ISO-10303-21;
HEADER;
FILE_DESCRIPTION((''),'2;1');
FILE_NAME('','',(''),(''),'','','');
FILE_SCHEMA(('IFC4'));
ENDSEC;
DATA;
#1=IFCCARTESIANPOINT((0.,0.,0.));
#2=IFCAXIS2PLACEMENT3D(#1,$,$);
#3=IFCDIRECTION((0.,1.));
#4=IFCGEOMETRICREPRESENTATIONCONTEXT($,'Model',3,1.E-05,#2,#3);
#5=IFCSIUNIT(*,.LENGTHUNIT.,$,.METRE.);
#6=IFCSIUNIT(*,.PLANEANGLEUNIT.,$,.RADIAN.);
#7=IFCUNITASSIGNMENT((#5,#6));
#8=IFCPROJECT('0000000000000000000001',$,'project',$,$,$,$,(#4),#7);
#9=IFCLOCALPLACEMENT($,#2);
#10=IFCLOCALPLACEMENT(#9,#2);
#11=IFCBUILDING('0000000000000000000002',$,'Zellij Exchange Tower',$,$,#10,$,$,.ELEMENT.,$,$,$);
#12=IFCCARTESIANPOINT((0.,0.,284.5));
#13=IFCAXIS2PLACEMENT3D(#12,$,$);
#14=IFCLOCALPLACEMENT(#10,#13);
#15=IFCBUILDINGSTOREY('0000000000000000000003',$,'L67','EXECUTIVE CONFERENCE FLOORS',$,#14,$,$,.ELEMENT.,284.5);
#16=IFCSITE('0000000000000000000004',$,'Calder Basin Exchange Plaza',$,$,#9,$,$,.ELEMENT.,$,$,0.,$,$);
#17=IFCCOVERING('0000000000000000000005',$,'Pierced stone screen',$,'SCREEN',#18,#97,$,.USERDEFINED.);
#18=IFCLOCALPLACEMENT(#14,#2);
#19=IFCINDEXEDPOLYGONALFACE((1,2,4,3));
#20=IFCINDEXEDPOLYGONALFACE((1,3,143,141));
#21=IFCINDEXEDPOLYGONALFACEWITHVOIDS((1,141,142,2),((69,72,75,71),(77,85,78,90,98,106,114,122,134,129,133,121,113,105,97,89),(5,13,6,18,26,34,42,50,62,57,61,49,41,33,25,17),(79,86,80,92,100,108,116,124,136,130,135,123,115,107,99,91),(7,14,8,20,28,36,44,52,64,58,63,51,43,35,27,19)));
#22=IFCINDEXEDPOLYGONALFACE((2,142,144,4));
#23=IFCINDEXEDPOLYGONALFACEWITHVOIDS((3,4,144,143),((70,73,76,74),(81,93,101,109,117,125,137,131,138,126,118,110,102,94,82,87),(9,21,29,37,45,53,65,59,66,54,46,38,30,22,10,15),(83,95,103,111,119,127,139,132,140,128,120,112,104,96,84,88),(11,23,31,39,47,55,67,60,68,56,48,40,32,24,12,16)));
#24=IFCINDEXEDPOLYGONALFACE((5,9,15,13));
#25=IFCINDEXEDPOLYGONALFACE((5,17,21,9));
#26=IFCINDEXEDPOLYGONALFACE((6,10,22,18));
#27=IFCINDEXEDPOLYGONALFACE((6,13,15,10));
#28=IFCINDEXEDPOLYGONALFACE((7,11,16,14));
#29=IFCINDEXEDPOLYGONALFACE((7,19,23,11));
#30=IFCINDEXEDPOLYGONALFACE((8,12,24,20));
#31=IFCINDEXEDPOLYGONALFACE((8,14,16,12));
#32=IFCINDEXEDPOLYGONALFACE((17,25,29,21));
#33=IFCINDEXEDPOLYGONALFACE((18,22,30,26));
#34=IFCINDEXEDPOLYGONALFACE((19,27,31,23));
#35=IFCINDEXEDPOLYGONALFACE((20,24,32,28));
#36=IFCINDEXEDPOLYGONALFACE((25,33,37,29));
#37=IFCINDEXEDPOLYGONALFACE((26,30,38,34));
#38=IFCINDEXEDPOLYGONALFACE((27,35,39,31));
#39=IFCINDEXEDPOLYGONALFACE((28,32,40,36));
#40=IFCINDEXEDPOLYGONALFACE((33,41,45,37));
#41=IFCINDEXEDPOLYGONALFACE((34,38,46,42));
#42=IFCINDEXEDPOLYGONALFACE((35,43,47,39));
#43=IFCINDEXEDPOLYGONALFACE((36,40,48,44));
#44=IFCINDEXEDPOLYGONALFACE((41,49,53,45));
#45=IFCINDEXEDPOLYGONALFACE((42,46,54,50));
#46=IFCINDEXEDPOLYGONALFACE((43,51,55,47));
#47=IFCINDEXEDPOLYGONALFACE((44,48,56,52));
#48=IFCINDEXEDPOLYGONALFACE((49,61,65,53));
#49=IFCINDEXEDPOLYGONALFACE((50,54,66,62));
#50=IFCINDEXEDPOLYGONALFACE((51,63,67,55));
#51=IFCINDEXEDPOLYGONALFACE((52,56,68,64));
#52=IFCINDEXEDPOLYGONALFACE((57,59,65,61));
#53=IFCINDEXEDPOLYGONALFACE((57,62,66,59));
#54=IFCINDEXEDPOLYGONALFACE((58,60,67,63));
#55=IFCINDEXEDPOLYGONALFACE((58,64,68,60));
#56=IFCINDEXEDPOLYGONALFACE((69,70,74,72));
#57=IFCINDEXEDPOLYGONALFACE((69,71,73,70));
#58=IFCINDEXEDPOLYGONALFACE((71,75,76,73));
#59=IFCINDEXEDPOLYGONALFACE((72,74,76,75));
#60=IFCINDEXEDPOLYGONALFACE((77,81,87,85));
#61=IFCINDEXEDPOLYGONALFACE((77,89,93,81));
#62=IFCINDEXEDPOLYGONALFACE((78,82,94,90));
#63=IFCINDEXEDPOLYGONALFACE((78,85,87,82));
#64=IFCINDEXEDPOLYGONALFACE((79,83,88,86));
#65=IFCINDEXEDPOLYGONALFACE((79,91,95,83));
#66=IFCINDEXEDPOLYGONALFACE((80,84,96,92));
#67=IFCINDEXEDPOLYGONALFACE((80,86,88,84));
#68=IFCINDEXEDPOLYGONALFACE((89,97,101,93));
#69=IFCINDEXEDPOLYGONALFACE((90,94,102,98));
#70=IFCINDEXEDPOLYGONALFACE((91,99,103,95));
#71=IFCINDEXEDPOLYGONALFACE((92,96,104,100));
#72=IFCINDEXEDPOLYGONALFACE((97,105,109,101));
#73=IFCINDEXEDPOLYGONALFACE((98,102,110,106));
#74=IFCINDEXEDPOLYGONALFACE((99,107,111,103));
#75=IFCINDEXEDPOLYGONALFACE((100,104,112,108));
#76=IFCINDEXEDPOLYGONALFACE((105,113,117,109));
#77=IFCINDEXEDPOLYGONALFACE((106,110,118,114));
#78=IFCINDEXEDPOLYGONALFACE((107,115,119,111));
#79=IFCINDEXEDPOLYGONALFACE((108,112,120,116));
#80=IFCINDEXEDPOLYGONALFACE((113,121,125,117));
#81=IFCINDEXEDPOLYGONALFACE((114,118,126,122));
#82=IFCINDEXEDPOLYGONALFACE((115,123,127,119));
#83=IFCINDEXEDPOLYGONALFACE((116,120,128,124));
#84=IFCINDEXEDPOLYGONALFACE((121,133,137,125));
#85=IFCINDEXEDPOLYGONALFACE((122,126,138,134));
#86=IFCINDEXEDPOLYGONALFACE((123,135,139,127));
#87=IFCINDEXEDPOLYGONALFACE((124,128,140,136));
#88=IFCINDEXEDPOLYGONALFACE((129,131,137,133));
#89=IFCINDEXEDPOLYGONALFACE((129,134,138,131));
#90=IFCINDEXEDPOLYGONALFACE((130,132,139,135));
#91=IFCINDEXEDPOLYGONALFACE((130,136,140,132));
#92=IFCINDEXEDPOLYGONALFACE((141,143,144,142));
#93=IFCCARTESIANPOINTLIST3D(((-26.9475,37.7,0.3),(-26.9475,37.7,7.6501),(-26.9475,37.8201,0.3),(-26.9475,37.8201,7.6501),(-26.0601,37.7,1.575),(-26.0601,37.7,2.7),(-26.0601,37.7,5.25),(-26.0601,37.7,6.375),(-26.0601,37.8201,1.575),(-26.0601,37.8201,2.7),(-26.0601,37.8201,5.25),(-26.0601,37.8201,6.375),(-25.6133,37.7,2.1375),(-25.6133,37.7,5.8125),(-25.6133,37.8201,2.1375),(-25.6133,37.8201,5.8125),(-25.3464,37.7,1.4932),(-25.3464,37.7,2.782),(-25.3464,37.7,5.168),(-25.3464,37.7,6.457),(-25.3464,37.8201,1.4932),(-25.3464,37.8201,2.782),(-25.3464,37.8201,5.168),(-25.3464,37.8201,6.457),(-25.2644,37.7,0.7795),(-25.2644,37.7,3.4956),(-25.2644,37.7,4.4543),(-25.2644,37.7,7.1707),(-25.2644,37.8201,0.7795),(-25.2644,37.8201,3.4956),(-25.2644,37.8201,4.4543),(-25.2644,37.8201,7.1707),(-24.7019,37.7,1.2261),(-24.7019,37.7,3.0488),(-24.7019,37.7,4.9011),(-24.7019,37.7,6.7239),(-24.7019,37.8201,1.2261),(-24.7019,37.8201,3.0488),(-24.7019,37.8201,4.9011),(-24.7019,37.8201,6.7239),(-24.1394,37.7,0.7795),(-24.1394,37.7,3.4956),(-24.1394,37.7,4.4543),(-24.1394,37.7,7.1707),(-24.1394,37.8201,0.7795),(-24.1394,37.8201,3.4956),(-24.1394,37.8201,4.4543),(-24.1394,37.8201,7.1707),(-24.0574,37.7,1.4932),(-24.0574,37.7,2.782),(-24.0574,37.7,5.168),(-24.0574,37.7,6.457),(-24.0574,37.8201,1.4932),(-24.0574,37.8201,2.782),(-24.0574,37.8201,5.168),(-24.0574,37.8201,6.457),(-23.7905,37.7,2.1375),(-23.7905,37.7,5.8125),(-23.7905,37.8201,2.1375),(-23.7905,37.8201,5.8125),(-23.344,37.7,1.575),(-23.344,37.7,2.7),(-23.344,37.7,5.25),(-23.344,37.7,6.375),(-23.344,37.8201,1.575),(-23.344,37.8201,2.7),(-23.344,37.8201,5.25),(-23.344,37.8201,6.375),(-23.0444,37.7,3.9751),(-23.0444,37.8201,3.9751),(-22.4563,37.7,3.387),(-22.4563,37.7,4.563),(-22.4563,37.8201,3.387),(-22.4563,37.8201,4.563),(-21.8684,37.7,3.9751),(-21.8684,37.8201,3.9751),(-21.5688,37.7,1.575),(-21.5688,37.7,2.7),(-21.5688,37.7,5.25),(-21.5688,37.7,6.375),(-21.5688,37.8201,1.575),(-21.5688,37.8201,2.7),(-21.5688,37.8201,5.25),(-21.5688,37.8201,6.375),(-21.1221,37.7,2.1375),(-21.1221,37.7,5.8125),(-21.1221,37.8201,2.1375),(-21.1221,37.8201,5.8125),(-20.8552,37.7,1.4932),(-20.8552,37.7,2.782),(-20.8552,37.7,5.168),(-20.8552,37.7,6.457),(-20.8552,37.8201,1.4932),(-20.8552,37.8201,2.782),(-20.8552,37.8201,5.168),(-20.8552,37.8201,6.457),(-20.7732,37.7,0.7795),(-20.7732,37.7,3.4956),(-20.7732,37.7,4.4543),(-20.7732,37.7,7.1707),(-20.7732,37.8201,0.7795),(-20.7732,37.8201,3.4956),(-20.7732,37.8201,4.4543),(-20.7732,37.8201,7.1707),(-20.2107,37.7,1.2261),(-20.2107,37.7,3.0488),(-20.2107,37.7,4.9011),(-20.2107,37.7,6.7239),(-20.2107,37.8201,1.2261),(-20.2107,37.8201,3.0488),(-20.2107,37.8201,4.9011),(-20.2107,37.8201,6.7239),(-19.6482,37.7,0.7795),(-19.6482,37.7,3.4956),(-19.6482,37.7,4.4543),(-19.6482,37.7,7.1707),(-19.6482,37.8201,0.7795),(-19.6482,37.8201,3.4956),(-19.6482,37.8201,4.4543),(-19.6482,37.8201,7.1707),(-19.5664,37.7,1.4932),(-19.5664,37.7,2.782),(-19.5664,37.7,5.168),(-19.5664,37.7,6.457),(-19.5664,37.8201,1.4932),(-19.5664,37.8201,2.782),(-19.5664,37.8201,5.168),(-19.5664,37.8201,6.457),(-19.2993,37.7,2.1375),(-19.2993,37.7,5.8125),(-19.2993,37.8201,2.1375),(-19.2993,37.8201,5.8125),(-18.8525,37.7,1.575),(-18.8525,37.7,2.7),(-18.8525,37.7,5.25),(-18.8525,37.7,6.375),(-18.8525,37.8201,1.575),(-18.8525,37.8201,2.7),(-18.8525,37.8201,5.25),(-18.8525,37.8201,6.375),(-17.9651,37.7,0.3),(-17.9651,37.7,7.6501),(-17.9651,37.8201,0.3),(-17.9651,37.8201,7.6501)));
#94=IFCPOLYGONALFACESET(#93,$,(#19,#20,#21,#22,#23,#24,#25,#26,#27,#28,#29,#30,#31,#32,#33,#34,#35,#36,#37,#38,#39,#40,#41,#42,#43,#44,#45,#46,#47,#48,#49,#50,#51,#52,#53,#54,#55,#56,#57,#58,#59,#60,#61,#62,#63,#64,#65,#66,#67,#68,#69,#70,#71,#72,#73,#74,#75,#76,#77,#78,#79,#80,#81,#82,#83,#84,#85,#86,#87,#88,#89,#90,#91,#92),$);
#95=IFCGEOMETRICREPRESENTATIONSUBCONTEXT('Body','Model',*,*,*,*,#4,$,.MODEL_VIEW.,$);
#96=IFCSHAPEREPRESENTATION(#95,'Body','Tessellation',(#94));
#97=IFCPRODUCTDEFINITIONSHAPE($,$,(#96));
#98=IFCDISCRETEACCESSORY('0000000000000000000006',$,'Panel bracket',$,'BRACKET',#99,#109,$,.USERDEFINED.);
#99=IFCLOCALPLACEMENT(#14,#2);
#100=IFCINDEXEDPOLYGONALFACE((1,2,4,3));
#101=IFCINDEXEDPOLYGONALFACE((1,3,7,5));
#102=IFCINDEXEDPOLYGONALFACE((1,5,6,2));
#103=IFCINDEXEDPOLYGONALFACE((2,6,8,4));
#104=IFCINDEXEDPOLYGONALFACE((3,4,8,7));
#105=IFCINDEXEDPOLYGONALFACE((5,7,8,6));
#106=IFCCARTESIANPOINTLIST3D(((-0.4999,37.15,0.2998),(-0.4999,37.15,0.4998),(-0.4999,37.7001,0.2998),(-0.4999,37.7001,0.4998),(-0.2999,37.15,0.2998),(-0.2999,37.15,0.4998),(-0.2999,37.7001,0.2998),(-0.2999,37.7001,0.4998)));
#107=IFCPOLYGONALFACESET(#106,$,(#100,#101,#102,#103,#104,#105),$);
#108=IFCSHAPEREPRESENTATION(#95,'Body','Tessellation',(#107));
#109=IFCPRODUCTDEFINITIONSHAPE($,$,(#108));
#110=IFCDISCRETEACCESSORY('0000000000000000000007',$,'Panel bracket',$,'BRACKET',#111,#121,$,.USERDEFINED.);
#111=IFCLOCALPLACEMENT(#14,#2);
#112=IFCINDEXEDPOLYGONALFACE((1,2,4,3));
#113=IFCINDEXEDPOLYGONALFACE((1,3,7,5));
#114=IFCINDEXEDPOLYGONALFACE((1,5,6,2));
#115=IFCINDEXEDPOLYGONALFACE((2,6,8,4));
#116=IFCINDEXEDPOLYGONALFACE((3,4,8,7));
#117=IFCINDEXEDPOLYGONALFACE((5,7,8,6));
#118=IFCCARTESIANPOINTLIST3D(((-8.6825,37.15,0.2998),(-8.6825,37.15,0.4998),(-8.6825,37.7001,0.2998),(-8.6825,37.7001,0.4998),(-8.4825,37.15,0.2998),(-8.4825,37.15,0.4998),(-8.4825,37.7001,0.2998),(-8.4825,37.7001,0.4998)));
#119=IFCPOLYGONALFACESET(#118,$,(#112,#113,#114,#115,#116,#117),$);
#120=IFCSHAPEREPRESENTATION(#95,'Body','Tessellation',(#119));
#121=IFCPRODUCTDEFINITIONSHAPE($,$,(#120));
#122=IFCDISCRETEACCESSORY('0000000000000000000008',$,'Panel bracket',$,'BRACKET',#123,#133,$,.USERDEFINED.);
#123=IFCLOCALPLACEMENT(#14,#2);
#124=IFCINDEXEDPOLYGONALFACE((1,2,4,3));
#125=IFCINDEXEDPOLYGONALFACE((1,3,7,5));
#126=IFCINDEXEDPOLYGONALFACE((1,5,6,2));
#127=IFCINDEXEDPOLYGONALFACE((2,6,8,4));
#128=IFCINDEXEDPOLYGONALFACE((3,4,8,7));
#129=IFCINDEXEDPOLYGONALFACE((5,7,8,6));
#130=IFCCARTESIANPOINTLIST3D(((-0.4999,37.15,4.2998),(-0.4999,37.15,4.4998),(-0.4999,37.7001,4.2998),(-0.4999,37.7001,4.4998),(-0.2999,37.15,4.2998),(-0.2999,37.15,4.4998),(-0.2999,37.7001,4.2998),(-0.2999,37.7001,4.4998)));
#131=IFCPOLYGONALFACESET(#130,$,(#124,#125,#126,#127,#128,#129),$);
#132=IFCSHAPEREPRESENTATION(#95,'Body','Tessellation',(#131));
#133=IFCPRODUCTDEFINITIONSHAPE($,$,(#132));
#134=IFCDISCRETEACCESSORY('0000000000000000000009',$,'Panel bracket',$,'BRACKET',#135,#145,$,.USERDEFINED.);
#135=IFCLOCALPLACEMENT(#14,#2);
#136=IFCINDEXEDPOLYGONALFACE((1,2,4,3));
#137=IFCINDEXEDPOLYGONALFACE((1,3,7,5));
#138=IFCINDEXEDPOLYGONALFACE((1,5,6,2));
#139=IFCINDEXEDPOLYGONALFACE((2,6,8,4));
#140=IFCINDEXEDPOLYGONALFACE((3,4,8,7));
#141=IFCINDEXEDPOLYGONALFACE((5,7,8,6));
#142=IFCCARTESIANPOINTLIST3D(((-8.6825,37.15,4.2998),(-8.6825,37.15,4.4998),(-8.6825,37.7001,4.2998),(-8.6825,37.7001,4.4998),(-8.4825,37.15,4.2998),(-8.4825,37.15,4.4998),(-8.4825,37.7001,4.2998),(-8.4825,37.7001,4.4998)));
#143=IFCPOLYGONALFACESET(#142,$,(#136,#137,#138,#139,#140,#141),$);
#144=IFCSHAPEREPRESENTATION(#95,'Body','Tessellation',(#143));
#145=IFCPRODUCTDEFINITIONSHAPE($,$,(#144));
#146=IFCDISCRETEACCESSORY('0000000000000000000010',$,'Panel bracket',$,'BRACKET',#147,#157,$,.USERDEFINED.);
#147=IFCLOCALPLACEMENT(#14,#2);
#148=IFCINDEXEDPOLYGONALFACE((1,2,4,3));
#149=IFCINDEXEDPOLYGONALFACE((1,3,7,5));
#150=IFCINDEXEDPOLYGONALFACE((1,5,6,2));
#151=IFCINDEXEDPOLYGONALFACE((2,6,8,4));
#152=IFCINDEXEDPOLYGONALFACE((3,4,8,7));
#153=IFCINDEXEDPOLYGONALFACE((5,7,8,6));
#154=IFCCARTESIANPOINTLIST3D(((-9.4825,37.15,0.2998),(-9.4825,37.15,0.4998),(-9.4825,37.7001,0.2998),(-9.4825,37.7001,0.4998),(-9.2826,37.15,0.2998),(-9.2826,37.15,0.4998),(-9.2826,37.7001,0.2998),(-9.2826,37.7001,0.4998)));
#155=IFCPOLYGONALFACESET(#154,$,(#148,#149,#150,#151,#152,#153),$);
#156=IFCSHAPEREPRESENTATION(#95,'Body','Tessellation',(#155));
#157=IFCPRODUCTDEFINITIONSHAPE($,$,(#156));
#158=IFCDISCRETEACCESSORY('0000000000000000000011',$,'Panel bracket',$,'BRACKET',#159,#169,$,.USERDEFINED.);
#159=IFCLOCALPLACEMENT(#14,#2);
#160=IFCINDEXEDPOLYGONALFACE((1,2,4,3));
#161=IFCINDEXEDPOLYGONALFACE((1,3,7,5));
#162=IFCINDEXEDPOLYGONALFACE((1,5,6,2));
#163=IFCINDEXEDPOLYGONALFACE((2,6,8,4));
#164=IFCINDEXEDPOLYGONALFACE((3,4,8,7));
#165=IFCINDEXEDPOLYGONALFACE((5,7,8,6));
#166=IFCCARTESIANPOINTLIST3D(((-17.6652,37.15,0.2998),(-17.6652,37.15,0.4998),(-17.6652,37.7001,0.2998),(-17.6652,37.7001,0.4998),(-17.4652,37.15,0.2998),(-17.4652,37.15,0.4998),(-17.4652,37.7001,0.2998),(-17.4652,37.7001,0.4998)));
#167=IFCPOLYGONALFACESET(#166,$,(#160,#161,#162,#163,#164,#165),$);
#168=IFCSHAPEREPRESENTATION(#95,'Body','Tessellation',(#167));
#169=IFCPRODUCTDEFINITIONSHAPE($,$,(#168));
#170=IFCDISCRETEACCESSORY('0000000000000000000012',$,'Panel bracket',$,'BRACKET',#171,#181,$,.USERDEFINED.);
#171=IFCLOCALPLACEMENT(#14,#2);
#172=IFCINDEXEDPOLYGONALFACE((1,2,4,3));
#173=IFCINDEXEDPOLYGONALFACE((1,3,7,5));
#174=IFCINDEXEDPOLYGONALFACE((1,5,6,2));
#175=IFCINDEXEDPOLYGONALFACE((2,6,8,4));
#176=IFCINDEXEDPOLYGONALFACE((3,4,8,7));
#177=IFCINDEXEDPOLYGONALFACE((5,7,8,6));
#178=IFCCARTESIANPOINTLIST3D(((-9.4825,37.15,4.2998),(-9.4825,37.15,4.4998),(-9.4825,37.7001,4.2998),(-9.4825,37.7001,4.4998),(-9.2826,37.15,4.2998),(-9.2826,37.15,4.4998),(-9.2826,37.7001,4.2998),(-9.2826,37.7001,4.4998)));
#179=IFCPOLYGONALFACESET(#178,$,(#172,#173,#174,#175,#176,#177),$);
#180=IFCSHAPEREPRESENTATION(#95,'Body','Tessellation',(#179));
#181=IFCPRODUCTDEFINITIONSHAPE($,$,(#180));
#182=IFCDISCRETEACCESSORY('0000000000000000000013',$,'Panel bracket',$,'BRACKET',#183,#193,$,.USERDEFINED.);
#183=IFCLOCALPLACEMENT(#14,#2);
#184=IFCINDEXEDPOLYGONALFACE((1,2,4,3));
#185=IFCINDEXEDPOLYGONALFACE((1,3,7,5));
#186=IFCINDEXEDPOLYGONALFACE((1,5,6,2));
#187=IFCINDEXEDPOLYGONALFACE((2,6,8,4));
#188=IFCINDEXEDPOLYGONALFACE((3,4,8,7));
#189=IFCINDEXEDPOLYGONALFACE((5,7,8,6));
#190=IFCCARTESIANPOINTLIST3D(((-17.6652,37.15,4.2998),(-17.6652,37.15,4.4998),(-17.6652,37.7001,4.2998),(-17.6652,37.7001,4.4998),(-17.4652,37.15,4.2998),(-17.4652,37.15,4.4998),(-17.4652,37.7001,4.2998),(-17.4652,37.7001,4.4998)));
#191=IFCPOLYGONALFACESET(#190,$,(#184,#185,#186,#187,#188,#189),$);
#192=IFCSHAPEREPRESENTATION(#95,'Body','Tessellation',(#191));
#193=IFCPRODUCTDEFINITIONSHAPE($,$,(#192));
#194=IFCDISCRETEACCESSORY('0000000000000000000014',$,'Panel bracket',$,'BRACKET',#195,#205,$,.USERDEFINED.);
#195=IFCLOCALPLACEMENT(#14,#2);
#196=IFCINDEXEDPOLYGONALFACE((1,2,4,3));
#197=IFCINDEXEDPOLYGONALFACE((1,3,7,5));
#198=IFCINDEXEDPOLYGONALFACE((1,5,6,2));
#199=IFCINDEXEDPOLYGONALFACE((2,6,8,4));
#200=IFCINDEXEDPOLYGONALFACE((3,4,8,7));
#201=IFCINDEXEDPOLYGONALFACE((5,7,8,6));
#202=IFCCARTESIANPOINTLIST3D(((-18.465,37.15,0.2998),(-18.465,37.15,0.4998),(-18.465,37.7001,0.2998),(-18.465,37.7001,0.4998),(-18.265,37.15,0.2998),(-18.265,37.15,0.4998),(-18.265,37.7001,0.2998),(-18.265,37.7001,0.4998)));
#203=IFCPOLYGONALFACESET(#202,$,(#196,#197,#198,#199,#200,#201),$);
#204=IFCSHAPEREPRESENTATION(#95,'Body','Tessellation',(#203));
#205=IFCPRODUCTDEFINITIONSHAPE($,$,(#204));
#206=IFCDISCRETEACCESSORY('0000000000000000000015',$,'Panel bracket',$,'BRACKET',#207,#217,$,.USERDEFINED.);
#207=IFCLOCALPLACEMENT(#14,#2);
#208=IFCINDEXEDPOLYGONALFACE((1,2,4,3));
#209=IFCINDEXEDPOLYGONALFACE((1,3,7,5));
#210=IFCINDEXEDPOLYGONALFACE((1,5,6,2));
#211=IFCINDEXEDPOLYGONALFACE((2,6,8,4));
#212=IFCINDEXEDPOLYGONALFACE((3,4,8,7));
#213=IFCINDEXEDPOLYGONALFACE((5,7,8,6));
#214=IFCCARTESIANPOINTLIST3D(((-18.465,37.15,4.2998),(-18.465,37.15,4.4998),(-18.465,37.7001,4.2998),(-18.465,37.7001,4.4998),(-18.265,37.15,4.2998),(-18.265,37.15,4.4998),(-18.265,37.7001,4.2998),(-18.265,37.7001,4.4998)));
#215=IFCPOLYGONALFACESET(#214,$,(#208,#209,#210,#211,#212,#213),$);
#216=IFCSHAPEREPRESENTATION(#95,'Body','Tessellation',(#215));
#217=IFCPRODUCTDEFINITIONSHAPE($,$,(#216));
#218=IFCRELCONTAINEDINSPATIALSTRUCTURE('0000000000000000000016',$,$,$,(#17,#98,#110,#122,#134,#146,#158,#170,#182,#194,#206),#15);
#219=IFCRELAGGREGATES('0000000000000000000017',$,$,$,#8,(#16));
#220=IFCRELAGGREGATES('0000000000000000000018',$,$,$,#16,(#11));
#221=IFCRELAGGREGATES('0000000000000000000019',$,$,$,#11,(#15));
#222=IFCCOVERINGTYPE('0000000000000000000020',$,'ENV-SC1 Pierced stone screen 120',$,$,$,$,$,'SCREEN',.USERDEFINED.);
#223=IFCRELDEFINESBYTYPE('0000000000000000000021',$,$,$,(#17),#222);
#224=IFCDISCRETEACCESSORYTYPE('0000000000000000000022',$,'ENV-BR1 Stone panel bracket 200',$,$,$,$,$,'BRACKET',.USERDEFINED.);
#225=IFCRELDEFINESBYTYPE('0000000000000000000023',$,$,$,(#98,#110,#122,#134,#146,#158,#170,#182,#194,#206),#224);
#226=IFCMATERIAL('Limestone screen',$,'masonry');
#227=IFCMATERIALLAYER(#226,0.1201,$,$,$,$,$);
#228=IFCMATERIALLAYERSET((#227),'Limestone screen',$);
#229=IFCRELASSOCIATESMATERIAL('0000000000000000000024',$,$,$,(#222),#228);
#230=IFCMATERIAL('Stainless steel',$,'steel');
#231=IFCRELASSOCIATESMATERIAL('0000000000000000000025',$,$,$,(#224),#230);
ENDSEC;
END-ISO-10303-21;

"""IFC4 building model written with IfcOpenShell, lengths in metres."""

from ifc_helpers import new_model, si_unit, direction, frame, origin, origin_2d, place, context, subcontext, project, spatial, polyline, rectangle, outline, extrude, material, layer, layer_set, type_object, element, save


model = new_model("IFC4")

# Units and contexts
model_context = context("Model", 3, precision=1e-05, world=origin(), true_north=direction((0.0, 1.0)))
body_context = subcontext(model_context, "Body", "Model", "MODEL_VIEW")
ifc_project = project(units=[si_unit("LENGTHUNIT", "METRE"), si_unit("PLANEANGLEUNIT", "RADIAN")], contexts=[model_context])

# Site, building, storey
site_placement = place(None, origin())
site = spatial("IfcSite", under=ifc_project, at=site_placement, Name="Calder Basin Exchange Plaza", CompositionType="ELEMENT", RefElevation=0.0)
building_placement = place(site_placement, origin())
building = spatial("IfcBuilding", under=site, at=building_placement, Name="Zellij Exchange Tower", CompositionType="ELEMENT")
storey_placement = place(building_placement, frame((0.0, 0.0, 284.5)))
storey = spatial("IfcBuildingStorey", under=building, at=storey_placement, Name="L67", Description="EXECUTIVE CONFERENCE FLOORS", CompositionType="ELEMENT", Elevation=284.5)

# Covering
ifc_material_1 = material(Name="Limestone screen", Category="masonry")
ifc_layer = layer(ifc_material_1, 0.1201)
ifc_layer_set = layer_set([ifc_layer], Name="Limestone screen")
covering_type = type_object("IfcCoveringType", Name="ENV-SC1 Pierced stone screen 120", ElementType="SCREEN", PredefinedType="USERDEFINED", material=ifc_layer_set)
covering_1_placement = place(storey_placement, frame((-17.9651, 37.76, 0.3), z_axis=(0.0, 0.0, 1.0), x_axis=(-1.0, 0.0, 0.0)))
element("IfcCovering", 1, at=covering_1_placement, inside=storey, type_object=covering_type, Name="Pierced stone screen", ObjectType="SCREEN", PredefinedType="USERDEFINED", context=body_context, shape_type="SweptSolid", body=[
    extrude(outline(polyline([(0.0, 0.0), (8.9824, 0.0), (8.9824, 7.3501), (0.0, 7.3501), (0.0, 0.0)]), holes=[polyline([(3.6038, 2.3999), (2.8901, 2.4819), (2.8081, 3.1956), (2.2456, 2.7488), (1.6831, 3.1956), (1.6013, 2.4819), (0.8875, 2.3999), (1.3342, 1.8374), (0.8875, 1.2749), (1.6013, 1.1931), (1.6831, 0.4795), (2.2456, 0.926), (2.8081, 0.4795), (2.8901, 1.1931), (3.6038, 1.2749), (3.157, 1.8374), (3.6038, 2.3999)]), polyline([(3.6038, 6.075), (2.8901, 6.157), (2.8081, 6.8706), (2.2456, 6.4238), (1.6831, 6.8706), (1.6013, 6.157), (0.8875, 6.075), (1.3342, 5.5125), (0.8875, 4.95), (1.6013, 4.8679), (1.6831, 4.1543), (2.2456, 4.6011), (2.8081, 4.1543), (2.8901, 4.8679), (3.6038, 4.95), (3.157, 5.5125), (3.6038, 6.075)]), polyline([(8.095, 2.3999), (7.3813, 2.4819), (7.2993, 3.1956), (6.7368, 2.7488), (6.1743, 3.1956), (6.0923, 2.4819), (5.3789, 2.3999), (5.8254, 1.8374), (5.3789, 1.2749), (6.0923, 1.1931), (6.1743, 0.4795), (6.7368, 0.926), (7.2993, 0.4795), (7.3813, 1.1931), (8.095, 1.2749), (7.6482, 1.8374), (8.095, 2.3999)]), polyline([(8.095, 6.075), (7.3813, 6.157), (7.2993, 6.8706), (6.7368, 6.4238), (6.1743, 6.8706), (6.0923, 6.157), (5.3789, 6.075), (5.8254, 5.5125), (5.3789, 4.95), (6.0923, 4.8679), (6.1743, 4.1543), (6.7368, 4.6011), (7.2993, 4.1543), (7.3813, 4.8679), (8.095, 4.95), (7.6482, 5.5125), (8.095, 6.075)]), polyline([(5.0793, 3.675), (4.4912, 4.2629), (3.9033, 3.675), (4.4912, 3.0869), (5.0793, 3.675)])]), frame((0.0, 0.0601, 0.0), z_axis=(0.0, -1.0, 0.0), x_axis=(1.0, 0.0, 0.0)), (0.0, 0.0, 1.0), 0.1201),
])

# Discrete accessories
ifc_material_2 = material(Name="Stainless steel", Category="steel")
discrete_accessory_type = type_object("IfcDiscreteAccessoryType", Name="ENV-BR1 Stone panel bracket 200", ElementType="BRACKET", PredefinedType="USERDEFINED", material=ifc_material_2)
for number, where, z_axis, x_axis, name in (
    (2, (-0.3999, 37.425, 0.2998), (0.0, 0.0, 1.0), (-1.0, 0.0, 0.0), "Panel bracket"),
    (3, (-8.5825, 37.425, 0.2998), (0.0, 0.0, 1.0), (-1.0, 0.0, 0.0), "Panel bracket"),
    (4, (-0.3999, 37.425, 4.2998), (0.0, 0.0, 1.0), (-1.0, 0.0, 0.0), "Panel bracket"),
    (5, (-8.5825, 37.425, 4.2998), (0.0, 0.0, 1.0), (-1.0, 0.0, 0.0), "Panel bracket"),
    (6, (-9.3826, 37.425, 0.2998), (0.0, 0.0, 1.0), (-1.0, 0.0, 0.0), "Panel bracket"),
    (7, (-17.5652, 37.425, 0.2998), (0.0, 0.0, 1.0), (-1.0, 0.0, 0.0), "Panel bracket"),
    (8, (-9.3826, 37.425, 4.2998), (0.0, 0.0, 1.0), (-1.0, 0.0, 0.0), "Panel bracket"),
    (9, (-17.5652, 37.425, 4.2998), (0.0, 0.0, 1.0), (-1.0, 0.0, 0.0), "Panel bracket"),
    (10, (-18.365, 37.425, 0.2998), (0.0, 0.0, 1.0), (-1.0, 0.0, 0.0), "Panel bracket"),
    (11, (-18.365, 37.425, 4.2998), (0.0, 0.0, 1.0), (-1.0, 0.0, 0.0), "Panel bracket"),
):
    element("IfcDiscreteAccessory", number, at=place(storey_placement, frame(where, z_axis=z_axis, x_axis=x_axis)), inside=storey, type_object=discrete_accessory_type, Name=name, ObjectType="BRACKET", PredefinedType="USERDEFINED", context=body_context, shape_type="SweptSolid", body=[
        extrude(rectangle(XDim=0.2, YDim=0.55, at=origin_2d()), origin(), (0.0, 0.0, 1.0), 0.2),
    ])

save(model, "model.ifc")
